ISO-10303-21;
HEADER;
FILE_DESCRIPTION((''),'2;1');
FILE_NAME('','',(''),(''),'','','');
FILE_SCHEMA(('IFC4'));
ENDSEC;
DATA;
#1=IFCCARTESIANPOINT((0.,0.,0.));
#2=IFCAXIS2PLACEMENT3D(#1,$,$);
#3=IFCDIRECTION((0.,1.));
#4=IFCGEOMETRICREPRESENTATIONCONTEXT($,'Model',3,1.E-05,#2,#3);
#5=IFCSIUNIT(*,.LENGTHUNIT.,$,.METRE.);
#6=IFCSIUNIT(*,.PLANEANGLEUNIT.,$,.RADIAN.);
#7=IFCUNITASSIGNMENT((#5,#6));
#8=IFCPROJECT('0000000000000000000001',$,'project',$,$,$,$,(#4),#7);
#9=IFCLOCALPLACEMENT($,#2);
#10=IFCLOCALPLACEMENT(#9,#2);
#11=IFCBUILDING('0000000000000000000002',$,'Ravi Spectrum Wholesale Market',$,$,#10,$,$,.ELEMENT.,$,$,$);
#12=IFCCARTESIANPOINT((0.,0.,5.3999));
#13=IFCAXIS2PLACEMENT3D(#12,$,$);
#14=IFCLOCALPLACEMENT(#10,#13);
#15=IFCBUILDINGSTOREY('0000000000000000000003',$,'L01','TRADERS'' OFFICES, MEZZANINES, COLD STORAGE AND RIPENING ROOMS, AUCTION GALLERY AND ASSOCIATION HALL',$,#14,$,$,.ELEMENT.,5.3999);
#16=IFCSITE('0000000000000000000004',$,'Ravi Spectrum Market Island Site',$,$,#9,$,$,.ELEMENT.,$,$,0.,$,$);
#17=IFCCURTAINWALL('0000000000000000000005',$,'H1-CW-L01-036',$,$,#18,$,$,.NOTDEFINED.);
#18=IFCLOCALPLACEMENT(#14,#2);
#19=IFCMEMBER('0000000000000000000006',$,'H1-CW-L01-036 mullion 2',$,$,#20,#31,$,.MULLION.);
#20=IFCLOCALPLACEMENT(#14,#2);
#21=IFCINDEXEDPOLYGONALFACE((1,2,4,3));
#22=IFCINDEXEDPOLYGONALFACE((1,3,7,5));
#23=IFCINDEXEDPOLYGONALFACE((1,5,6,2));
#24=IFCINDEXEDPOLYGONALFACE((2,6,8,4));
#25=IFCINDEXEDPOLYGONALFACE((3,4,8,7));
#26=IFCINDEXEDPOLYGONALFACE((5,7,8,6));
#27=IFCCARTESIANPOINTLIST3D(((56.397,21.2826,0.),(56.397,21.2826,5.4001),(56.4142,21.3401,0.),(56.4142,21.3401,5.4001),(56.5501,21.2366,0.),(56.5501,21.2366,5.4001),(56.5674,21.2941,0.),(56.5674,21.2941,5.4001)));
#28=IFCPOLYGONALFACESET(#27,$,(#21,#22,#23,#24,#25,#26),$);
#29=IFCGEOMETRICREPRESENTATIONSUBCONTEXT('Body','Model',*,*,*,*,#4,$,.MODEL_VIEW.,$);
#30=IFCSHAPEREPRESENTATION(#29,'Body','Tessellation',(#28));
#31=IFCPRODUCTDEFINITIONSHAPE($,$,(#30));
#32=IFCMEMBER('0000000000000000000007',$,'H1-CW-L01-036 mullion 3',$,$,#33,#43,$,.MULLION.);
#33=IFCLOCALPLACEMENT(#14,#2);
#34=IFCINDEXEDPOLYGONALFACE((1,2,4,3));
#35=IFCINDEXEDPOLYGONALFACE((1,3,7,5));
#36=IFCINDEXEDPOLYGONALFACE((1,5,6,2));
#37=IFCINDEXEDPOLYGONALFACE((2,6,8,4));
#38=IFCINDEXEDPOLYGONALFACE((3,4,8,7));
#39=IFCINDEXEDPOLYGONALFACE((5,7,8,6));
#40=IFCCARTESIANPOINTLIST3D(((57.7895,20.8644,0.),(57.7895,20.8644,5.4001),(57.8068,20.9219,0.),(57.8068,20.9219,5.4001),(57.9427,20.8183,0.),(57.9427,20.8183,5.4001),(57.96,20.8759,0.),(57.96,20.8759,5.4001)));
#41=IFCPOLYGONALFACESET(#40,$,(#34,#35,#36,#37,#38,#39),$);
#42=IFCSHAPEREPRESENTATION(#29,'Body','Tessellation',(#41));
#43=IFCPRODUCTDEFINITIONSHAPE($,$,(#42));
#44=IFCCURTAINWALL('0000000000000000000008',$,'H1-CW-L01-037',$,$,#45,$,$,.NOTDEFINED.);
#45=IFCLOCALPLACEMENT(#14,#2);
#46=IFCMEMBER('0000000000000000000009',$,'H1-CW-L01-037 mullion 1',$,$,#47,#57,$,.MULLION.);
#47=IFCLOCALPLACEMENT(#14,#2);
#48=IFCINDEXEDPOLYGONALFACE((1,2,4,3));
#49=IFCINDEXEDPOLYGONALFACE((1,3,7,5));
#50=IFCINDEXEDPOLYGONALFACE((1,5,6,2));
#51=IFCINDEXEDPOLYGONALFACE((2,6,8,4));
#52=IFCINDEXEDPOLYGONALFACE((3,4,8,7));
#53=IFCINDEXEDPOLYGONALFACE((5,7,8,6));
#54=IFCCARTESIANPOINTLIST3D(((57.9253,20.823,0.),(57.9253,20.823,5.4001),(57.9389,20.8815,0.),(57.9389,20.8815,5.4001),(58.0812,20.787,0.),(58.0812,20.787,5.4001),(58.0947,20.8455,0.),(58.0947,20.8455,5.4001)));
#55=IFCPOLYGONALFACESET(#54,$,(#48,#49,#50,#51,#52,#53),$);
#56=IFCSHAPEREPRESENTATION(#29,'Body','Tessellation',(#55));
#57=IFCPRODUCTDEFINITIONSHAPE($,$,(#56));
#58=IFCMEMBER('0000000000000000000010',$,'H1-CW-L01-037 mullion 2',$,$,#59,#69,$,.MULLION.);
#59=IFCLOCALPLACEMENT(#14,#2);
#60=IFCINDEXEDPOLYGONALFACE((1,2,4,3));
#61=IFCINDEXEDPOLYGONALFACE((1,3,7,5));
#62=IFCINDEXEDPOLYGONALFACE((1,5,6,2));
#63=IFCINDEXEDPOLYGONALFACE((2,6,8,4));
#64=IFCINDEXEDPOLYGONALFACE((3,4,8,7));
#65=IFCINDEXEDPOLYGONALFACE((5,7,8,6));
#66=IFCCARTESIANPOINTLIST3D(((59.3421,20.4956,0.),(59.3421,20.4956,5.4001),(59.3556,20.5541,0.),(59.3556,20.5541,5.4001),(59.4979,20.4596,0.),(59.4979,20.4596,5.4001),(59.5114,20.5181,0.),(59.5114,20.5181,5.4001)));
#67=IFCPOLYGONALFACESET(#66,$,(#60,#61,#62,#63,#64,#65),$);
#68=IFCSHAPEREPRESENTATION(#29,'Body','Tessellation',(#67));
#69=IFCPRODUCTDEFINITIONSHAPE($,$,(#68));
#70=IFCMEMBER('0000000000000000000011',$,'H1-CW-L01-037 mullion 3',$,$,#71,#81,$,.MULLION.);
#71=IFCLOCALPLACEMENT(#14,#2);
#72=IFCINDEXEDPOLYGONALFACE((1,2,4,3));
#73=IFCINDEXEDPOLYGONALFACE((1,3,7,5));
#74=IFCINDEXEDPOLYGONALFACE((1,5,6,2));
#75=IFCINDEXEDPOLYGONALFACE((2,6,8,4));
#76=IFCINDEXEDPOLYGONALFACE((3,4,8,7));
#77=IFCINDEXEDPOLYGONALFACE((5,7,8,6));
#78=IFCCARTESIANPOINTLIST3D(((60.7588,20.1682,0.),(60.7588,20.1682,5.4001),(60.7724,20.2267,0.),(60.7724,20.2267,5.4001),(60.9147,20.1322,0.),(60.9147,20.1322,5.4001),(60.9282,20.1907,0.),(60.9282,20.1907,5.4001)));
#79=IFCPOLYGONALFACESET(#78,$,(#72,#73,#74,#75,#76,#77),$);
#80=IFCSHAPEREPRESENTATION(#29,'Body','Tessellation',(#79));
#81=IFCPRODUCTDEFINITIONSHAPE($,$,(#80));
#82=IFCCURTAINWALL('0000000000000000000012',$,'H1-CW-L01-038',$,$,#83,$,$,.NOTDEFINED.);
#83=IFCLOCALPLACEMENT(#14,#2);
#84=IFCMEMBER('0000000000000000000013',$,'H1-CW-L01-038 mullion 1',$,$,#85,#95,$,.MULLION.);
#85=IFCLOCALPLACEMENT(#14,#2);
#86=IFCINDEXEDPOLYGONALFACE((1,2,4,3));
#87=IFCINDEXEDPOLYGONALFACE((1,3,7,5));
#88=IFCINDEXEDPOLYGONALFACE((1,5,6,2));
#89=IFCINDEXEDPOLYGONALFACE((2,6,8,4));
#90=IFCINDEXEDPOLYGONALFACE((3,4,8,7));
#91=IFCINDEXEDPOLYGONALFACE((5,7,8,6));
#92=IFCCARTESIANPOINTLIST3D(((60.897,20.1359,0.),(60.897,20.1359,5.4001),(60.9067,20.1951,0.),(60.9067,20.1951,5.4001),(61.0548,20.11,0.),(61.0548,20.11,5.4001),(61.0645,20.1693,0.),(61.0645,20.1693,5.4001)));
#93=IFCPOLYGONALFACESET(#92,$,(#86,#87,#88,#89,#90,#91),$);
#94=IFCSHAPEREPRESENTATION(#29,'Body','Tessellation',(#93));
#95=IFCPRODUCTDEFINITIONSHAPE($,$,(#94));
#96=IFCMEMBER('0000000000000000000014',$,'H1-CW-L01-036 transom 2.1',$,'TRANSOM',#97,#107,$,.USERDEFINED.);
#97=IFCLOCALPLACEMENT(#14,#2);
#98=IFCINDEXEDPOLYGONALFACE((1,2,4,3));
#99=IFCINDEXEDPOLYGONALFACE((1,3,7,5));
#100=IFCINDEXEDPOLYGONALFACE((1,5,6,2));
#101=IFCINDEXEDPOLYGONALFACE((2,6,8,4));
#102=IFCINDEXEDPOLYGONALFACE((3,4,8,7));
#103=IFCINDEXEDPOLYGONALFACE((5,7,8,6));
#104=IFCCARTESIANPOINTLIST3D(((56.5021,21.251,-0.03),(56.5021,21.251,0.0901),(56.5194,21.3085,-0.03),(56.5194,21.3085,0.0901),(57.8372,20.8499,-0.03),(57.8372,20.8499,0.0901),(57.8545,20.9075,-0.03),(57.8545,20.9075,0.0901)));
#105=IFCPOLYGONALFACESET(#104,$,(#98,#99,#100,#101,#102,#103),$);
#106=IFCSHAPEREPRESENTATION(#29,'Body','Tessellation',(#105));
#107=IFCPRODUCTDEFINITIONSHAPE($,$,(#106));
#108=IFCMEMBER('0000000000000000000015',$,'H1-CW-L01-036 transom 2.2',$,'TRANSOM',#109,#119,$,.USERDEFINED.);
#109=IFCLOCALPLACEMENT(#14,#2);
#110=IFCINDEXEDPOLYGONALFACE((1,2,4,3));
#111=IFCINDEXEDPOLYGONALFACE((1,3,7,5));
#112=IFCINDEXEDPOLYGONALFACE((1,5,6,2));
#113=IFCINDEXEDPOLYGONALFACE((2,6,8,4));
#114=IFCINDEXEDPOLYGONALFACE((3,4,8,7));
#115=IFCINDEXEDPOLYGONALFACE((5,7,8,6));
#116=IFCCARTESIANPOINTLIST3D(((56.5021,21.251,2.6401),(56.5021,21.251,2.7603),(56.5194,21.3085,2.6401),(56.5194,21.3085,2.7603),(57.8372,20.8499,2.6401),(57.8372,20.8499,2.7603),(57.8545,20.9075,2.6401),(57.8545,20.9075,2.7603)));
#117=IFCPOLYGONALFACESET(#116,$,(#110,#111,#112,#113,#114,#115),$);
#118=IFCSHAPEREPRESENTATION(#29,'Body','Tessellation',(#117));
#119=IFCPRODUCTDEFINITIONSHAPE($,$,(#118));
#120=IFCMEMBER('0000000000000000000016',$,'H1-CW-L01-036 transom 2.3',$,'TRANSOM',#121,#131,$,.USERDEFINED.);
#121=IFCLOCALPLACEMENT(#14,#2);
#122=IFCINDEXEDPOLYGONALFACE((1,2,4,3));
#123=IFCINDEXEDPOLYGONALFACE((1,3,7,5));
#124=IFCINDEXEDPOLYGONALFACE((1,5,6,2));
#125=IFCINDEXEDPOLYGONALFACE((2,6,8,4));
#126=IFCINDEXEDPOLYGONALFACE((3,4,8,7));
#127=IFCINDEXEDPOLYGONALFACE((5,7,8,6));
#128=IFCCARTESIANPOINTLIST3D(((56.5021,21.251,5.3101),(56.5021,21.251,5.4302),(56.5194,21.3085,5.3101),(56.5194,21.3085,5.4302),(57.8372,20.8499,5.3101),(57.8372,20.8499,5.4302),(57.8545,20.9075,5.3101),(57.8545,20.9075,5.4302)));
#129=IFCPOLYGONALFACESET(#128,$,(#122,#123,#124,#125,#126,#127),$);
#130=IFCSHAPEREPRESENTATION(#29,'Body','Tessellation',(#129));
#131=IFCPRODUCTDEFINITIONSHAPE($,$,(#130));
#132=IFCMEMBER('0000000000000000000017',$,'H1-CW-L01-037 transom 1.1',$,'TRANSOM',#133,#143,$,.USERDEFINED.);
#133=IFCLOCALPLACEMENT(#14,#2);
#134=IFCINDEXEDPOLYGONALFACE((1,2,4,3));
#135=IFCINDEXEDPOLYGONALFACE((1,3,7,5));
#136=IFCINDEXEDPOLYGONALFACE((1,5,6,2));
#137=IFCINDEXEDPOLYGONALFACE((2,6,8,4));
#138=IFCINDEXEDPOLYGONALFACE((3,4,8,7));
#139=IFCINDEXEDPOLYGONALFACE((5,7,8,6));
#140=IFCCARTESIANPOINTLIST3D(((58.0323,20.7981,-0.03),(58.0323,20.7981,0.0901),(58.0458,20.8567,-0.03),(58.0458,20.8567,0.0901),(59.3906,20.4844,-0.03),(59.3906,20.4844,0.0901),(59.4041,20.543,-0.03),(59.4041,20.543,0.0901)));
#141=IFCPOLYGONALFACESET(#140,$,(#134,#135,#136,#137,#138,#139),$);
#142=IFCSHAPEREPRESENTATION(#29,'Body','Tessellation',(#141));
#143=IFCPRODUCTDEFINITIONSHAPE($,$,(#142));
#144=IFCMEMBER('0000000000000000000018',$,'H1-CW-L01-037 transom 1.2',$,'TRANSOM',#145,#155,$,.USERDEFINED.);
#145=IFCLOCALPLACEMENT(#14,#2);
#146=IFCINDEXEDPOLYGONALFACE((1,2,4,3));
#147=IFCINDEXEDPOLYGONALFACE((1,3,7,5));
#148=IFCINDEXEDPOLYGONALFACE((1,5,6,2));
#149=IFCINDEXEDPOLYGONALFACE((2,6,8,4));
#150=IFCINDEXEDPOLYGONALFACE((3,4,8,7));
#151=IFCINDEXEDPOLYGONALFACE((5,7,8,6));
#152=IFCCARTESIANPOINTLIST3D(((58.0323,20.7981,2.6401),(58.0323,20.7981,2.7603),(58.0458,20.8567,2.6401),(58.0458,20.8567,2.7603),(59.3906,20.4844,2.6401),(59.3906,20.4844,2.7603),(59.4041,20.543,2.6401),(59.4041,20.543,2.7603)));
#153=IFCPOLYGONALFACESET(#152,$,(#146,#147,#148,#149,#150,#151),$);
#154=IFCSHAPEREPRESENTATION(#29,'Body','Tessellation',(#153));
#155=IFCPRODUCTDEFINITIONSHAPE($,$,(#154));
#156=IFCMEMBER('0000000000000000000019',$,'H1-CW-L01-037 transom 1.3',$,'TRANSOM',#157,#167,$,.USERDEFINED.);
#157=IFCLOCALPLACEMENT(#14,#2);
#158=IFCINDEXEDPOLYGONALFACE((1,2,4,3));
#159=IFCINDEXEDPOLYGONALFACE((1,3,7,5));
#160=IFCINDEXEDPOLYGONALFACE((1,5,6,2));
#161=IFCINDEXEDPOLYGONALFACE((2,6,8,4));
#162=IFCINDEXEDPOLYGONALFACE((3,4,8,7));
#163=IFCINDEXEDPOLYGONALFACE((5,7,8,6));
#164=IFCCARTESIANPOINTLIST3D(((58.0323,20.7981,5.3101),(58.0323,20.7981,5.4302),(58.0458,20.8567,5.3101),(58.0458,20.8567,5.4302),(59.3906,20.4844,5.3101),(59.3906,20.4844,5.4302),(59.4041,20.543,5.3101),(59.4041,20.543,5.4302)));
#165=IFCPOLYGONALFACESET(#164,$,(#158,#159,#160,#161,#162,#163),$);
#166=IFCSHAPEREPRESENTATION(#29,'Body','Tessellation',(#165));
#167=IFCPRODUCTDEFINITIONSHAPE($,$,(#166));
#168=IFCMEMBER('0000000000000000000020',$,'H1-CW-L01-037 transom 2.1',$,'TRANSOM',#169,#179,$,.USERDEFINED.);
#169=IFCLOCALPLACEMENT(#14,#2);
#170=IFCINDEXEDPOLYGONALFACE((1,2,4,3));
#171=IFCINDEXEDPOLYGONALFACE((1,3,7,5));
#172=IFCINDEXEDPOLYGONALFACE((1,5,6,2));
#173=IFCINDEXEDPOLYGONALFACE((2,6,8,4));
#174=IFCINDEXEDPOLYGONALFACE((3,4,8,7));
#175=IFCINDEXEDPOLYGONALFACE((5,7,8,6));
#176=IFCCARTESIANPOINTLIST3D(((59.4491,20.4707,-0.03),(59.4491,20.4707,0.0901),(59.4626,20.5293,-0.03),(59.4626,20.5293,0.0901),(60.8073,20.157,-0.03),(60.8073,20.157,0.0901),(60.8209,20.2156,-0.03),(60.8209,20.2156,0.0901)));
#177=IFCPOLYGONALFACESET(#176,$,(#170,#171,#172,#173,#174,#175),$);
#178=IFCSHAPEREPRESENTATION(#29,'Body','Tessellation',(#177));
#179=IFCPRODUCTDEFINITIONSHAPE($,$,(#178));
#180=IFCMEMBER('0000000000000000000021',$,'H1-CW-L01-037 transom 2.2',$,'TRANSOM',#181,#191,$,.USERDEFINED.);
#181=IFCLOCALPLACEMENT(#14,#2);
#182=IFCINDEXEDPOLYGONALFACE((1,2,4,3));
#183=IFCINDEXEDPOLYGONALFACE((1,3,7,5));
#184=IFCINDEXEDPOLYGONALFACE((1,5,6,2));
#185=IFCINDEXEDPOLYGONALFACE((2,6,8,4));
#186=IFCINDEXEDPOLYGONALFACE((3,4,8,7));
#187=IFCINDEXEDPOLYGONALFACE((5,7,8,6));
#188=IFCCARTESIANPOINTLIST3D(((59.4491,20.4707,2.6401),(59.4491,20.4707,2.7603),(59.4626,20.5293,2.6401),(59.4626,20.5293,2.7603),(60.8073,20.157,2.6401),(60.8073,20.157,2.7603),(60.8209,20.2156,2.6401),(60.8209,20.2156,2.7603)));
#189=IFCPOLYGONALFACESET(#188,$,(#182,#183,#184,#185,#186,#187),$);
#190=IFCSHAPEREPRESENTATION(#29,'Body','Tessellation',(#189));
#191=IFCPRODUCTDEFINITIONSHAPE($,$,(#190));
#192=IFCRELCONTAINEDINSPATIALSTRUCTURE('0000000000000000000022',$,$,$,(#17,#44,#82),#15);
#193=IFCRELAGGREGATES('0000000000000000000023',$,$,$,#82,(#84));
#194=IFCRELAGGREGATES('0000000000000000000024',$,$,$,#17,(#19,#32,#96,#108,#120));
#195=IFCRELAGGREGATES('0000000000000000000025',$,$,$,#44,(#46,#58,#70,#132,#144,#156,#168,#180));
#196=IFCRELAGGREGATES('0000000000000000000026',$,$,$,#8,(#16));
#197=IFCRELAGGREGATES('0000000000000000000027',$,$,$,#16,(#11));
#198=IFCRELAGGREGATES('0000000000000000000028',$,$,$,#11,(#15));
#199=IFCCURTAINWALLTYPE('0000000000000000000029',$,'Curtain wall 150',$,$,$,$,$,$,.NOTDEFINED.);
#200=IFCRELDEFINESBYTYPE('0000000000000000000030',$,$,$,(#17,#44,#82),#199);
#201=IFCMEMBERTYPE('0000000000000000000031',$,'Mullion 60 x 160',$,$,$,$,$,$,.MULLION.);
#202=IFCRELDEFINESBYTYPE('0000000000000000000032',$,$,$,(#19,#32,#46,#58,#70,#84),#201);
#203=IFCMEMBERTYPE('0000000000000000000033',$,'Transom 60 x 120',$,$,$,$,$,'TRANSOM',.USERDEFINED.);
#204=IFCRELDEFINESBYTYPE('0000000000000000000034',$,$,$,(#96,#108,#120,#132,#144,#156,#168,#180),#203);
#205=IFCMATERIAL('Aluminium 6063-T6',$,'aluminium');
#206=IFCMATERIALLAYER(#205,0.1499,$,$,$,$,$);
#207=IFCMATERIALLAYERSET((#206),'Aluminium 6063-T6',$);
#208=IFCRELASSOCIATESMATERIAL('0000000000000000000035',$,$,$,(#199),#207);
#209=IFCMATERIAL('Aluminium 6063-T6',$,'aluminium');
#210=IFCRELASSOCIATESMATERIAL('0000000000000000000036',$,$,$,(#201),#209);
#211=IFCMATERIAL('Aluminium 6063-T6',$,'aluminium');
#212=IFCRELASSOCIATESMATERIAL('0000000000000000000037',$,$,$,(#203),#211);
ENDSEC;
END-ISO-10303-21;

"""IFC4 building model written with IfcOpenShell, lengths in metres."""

from ifc_helpers import new_model, si_unit, direction, frame, origin, origin_2d, place, context, subcontext, project, spatial, rectangle, extrude, material, layer, layer_set, material_profile, profile_set, type_object, element, aggregate, save


model = new_model("IFC4")

# Units and contexts
model_context = context("Model", 3, precision=1e-05, world=origin(), true_north=direction((0.0, 1.0)))
body_context = subcontext(model_context, "Body", "Model", "MODEL_VIEW")
ifc_project = project(units=[si_unit("LENGTHUNIT", "METRE"), si_unit("PLANEANGLEUNIT", "RADIAN")], contexts=[model_context])

# Site, building, storey
site_placement = place(None, origin())
site = spatial("IfcSite", under=ifc_project, at=site_placement, Name="Ravi Spectrum Market Island Site", CompositionType="ELEMENT", RefElevation=0.0)
building_placement = place(site_placement, origin())
building = spatial("IfcBuilding", under=site, at=building_placement, Name="Ravi Spectrum Wholesale Market", CompositionType="ELEMENT")
storey_placement = place(building_placement, frame((0.0, 0.0, 5.3999)))
storey = spatial("IfcBuildingStorey", under=building, at=storey_placement, Name="L01", Description="TRADERS' OFFICES, MEZZANINES, COLD STORAGE AND RIPENING ROOMS, AUCTION GALLERY AND ASSOCIATION HALL", CompositionType="ELEMENT", Elevation=5.3999)

# Curtain walls, members
ifc_material_1 = material(Name="Aluminium 6063-T6", Category="aluminium")
ifc_layer_1 = layer(ifc_material_1, 0.1499)
ifc_layer_set_1 = layer_set([ifc_layer_1], Name="Aluminium 6063-T6")
curtain_wall_type = type_object("IfcCurtainWallType", Name="Curtain wall 150", PredefinedType="NOTDEFINED", material=ifc_layer_set_1)
curtain_wall_1_placement = place(storey_placement, origin())
curtain_wall_1 = element("IfcCurtainWall", 1, at=curtain_wall_1_placement, inside=storey, type_object=curtain_wall_type, Name="H1-CW-L01-036", PredefinedType="NOTDEFINED")
ifc_material_2 = material(Name="Aluminium 6063-T6", Category="aluminium")
ifc_material_profile_1 = material_profile(ifc_material_2, rectangle(XDim=0.0601, YDim=0.1599, at=origin_2d()))
ifc_profile_set_1 = profile_set([ifc_material_profile_1], Name="Aluminium 6063-T6")
member_type_1 = type_object("IfcMemberType", Name="Mullion 60 x 160", PredefinedType="MULLION", material=ifc_profile_set_1)
member_1_placement = place(storey_placement, frame((56.4822, 21.2883, 0.0), z_axis=(0.0, 0.0, 1.0), x_axis=(0.287766, 0.957701, 0.0)))
member_1 = element("IfcMember", 2, at=member_1_placement, type_object=member_type_1, Name="H1-CW-L01-036 mullion 2", PredefinedType="MULLION", context=body_context, shape_type="SweptSolid", body=[
    extrude(rectangle(XDim=0.0601, YDim=0.1599, at=origin_2d()), origin(), (0.0, 0.0, 1.0), 5.4001),
])
member_2_placement = place(storey_placement, frame((57.8748, 20.8701, 0.0), z_axis=(0.0, 0.0, 1.0), x_axis=(0.287766, 0.957701, 0.0)))
member_2 = element("IfcMember", 3, at=member_2_placement, type_object=member_type_1, Name="H1-CW-L01-036 mullion 3", PredefinedType="MULLION", context=body_context, shape_type="SweptSolid", body=[
    extrude(rectangle(XDim=0.0601, YDim=0.1599, at=origin_2d()), origin(), (0.0, 0.0, 1.0), 5.4001),
])
curtain_wall_2_placement = place(storey_placement, origin())
curtain_wall_2 = element("IfcCurtainWall", 4, at=curtain_wall_2_placement, inside=storey, type_object=curtain_wall_type, Name="H1-CW-L01-037", PredefinedType="NOTDEFINED")
member_3_placement = place(storey_placement, frame((58.01, 20.8342, 0.0), z_axis=(0.0, 0.0, 1.0), x_axis=(0.225083, 0.97434, 0.0)))
member_3 = element("IfcMember", 5, at=member_3_placement, type_object=member_type_1, Name="H1-CW-L01-037 mullion 1", PredefinedType="MULLION", context=body_context, shape_type="SweptSolid", body=[
    extrude(rectangle(XDim=0.0601, YDim=0.1599, at=origin_2d()), origin(), (0.0, 0.0, 1.0), 5.4001),
])
member_4_placement = place(storey_placement, frame((59.4268, 20.5068, 0.0), z_axis=(0.0, 0.0, 1.0), x_axis=(0.225083, 0.97434, 0.0)))
member_4 = element("IfcMember", 6, at=member_4_placement, type_object=member_type_1, Name="H1-CW-L01-037 mullion 2", PredefinedType="MULLION", context=body_context, shape_type="SweptSolid", body=[
    extrude(rectangle(XDim=0.0601, YDim=0.1599, at=origin_2d()), origin(), (0.0, 0.0, 1.0), 5.4001),
])
member_5_placement = place(storey_placement, frame((60.8435, 20.1794, 0.0), z_axis=(0.0, 0.0, 1.0), x_axis=(0.225083, 0.97434, 0.0)))
member_5 = element("IfcMember", 7, at=member_5_placement, type_object=member_type_1, Name="H1-CW-L01-037 mullion 3", PredefinedType="MULLION", context=body_context, shape_type="SweptSolid", body=[
    extrude(rectangle(XDim=0.0601, YDim=0.1599, at=origin_2d()), origin(), (0.0, 0.0, 1.0), 5.4001),
])

# Curtain wall, member
curtain_wall_3_placement = place(storey_placement, origin())
curtain_wall_3 = element("IfcCurtainWall", 8, at=curtain_wall_3_placement, inside=storey, type_object=curtain_wall_type, Name="H1-CW-L01-038", PredefinedType="NOTDEFINED")
member_6_placement = place(storey_placement, frame((60.9807, 20.1526, 0.0), z_axis=(0.0, 0.0, 1.0), x_axis=(0.161453, 0.98688, 0.0)))
member_6 = element("IfcMember", 9, at=member_6_placement, type_object=member_type_1, Name="H1-CW-L01-038 mullion 1", PredefinedType="MULLION", context=body_context, shape_type="SweptSolid", body=[
    extrude(rectangle(XDim=0.0601, YDim=0.1599, at=origin_2d()), origin(), (0.0, 0.0, 1.0), 5.4001),
])
aggregate(curtain_wall_3, [member_6])

# Members
ifc_material_3 = material(Name="Aluminium 6063-T6", Category="aluminium")
ifc_material_profile_2 = material_profile(ifc_material_3, rectangle(XDim=0.0601, YDim=0.1201, at=origin_2d()))
ifc_profile_set_2 = profile_set([ifc_material_profile_2], Name="Aluminium 6063-T6")
member_type_2 = type_object("IfcMemberType", Name="Transom 60 x 120", ElementType="TRANSOM", PredefinedType="USERDEFINED", material=ifc_profile_set_2)
member_7_placement = place(storey_placement, frame((56.5107, 21.2798, 0.03), z_axis=(0.957715, -0.287717, 0.0), x_axis=(0.287717, 0.957715, 0.0)))
member_7 = element("IfcMember", 10, at=member_7_placement, type_object=member_type_2, Name="H1-CW-L01-036 transom 2.1", ObjectType="TRANSOM", PredefinedType="USERDEFINED", context=body_context, shape_type="SweptSolid", body=[
    extrude(rectangle(XDim=0.0601, YDim=0.1201, at=origin_2d()), origin(), (0.0, 0.0, 1.0), 1.394),
])
member_8_placement = place(storey_placement, frame((56.5107, 21.2798, 2.7002), z_axis=(0.957715, -0.287717, 0.0), x_axis=(0.287717, 0.957715, 0.0)))
member_8 = element("IfcMember", 11, at=member_8_placement, type_object=member_type_2, Name="H1-CW-L01-036 transom 2.2", ObjectType="TRANSOM", PredefinedType="USERDEFINED", context=body_context, shape_type="SweptSolid", body=[
    extrude(rectangle(XDim=0.0601, YDim=0.1201, at=origin_2d()), origin(), (0.0, 0.0, 1.0), 1.394),
])
member_9_placement = place(storey_placement, frame((56.5107, 21.2798, 5.3701), z_axis=(0.957715, -0.287717, 0.0), x_axis=(0.287717, 0.957715, 0.0)))
member_9 = element("IfcMember", 12, at=member_9_placement, type_object=member_type_2, Name="H1-CW-L01-036 transom 2.3", ObjectType="TRANSOM", PredefinedType="USERDEFINED", context=body_context, shape_type="SweptSolid", body=[
    extrude(rectangle(XDim=0.0601, YDim=0.1201, at=origin_2d()), origin(), (0.0, 0.0, 1.0), 1.394),
])
member_10_placement = place(storey_placement, frame((58.0391, 20.8274, 0.03), z_axis=(0.974353, -0.225026, 0.0), x_axis=(0.225026, 0.974353, 0.0)))
member_10 = element("IfcMember", 13, at=member_10_placement, type_object=member_type_2, Name="H1-CW-L01-037 transom 1.1", ObjectType="TRANSOM", PredefinedType="USERDEFINED", context=body_context, shape_type="SweptSolid", body=[
    extrude(rectangle(XDim=0.0601, YDim=0.1201, at=origin_2d()), origin(), (0.0, 0.0, 1.0), 1.394),
])
member_11_placement = place(storey_placement, frame((58.0391, 20.8274, 2.7002), z_axis=(0.974353, -0.225026, 0.0), x_axis=(0.225026, 0.974353, 0.0)))
member_11 = element("IfcMember", 14, at=member_11_placement, type_object=member_type_2, Name="H1-CW-L01-037 transom 1.2", ObjectType="TRANSOM", PredefinedType="USERDEFINED", context=body_context, shape_type="SweptSolid", body=[
    extrude(rectangle(XDim=0.0601, YDim=0.1201, at=origin_2d()), origin(), (0.0, 0.0, 1.0), 1.394),
])
member_12_placement = place(storey_placement, frame((58.0391, 20.8274, 5.3701), z_axis=(0.974353, -0.225026, 0.0), x_axis=(0.225026, 0.974353, 0.0)))
member_12 = element("IfcMember", 15, at=member_12_placement, type_object=member_type_2, Name="H1-CW-L01-037 transom 1.3", ObjectType="TRANSOM", PredefinedType="USERDEFINED", context=body_context, shape_type="SweptSolid", body=[
    extrude(rectangle(XDim=0.0601, YDim=0.1201, at=origin_2d()), origin(), (0.0, 0.0, 1.0), 1.394),
])
member_13_placement = place(storey_placement, frame((59.4558, 20.5, 0.03), z_axis=(0.974353, -0.225026, 0.0), x_axis=(0.225026, 0.974353, 0.0)))
member_13 = element("IfcMember", 16, at=member_13_placement, type_object=member_type_2, Name="H1-CW-L01-037 transom 2.1", ObjectType="TRANSOM", PredefinedType="USERDEFINED", context=body_context, shape_type="SweptSolid", body=[
    extrude(rectangle(XDim=0.0601, YDim=0.1201, at=origin_2d()), origin(), (0.0, 0.0, 1.0), 1.394),
])
member_14_placement = place(storey_placement, frame((59.4558, 20.5, 2.7002), z_axis=(0.974353, -0.225026, 0.0), x_axis=(0.225026, 0.974353, 0.0)))
member_14 = element("IfcMember", 17, at=member_14_placement, type_object=member_type_2, Name="H1-CW-L01-037 transom 2.2", ObjectType="TRANSOM", PredefinedType="USERDEFINED", context=body_context, shape_type="SweptSolid", body=[
    extrude(rectangle(XDim=0.0601, YDim=0.1201, at=origin_2d()), origin(), (0.0, 0.0, 1.0), 1.394),
])

aggregate(curtain_wall_1, [member_1, member_2, member_7, member_8, member_9])
aggregate(curtain_wall_2, [member_3, member_4, member_5, member_10, member_11, member_12, member_13, member_14])

save(model, "model.ifc")
